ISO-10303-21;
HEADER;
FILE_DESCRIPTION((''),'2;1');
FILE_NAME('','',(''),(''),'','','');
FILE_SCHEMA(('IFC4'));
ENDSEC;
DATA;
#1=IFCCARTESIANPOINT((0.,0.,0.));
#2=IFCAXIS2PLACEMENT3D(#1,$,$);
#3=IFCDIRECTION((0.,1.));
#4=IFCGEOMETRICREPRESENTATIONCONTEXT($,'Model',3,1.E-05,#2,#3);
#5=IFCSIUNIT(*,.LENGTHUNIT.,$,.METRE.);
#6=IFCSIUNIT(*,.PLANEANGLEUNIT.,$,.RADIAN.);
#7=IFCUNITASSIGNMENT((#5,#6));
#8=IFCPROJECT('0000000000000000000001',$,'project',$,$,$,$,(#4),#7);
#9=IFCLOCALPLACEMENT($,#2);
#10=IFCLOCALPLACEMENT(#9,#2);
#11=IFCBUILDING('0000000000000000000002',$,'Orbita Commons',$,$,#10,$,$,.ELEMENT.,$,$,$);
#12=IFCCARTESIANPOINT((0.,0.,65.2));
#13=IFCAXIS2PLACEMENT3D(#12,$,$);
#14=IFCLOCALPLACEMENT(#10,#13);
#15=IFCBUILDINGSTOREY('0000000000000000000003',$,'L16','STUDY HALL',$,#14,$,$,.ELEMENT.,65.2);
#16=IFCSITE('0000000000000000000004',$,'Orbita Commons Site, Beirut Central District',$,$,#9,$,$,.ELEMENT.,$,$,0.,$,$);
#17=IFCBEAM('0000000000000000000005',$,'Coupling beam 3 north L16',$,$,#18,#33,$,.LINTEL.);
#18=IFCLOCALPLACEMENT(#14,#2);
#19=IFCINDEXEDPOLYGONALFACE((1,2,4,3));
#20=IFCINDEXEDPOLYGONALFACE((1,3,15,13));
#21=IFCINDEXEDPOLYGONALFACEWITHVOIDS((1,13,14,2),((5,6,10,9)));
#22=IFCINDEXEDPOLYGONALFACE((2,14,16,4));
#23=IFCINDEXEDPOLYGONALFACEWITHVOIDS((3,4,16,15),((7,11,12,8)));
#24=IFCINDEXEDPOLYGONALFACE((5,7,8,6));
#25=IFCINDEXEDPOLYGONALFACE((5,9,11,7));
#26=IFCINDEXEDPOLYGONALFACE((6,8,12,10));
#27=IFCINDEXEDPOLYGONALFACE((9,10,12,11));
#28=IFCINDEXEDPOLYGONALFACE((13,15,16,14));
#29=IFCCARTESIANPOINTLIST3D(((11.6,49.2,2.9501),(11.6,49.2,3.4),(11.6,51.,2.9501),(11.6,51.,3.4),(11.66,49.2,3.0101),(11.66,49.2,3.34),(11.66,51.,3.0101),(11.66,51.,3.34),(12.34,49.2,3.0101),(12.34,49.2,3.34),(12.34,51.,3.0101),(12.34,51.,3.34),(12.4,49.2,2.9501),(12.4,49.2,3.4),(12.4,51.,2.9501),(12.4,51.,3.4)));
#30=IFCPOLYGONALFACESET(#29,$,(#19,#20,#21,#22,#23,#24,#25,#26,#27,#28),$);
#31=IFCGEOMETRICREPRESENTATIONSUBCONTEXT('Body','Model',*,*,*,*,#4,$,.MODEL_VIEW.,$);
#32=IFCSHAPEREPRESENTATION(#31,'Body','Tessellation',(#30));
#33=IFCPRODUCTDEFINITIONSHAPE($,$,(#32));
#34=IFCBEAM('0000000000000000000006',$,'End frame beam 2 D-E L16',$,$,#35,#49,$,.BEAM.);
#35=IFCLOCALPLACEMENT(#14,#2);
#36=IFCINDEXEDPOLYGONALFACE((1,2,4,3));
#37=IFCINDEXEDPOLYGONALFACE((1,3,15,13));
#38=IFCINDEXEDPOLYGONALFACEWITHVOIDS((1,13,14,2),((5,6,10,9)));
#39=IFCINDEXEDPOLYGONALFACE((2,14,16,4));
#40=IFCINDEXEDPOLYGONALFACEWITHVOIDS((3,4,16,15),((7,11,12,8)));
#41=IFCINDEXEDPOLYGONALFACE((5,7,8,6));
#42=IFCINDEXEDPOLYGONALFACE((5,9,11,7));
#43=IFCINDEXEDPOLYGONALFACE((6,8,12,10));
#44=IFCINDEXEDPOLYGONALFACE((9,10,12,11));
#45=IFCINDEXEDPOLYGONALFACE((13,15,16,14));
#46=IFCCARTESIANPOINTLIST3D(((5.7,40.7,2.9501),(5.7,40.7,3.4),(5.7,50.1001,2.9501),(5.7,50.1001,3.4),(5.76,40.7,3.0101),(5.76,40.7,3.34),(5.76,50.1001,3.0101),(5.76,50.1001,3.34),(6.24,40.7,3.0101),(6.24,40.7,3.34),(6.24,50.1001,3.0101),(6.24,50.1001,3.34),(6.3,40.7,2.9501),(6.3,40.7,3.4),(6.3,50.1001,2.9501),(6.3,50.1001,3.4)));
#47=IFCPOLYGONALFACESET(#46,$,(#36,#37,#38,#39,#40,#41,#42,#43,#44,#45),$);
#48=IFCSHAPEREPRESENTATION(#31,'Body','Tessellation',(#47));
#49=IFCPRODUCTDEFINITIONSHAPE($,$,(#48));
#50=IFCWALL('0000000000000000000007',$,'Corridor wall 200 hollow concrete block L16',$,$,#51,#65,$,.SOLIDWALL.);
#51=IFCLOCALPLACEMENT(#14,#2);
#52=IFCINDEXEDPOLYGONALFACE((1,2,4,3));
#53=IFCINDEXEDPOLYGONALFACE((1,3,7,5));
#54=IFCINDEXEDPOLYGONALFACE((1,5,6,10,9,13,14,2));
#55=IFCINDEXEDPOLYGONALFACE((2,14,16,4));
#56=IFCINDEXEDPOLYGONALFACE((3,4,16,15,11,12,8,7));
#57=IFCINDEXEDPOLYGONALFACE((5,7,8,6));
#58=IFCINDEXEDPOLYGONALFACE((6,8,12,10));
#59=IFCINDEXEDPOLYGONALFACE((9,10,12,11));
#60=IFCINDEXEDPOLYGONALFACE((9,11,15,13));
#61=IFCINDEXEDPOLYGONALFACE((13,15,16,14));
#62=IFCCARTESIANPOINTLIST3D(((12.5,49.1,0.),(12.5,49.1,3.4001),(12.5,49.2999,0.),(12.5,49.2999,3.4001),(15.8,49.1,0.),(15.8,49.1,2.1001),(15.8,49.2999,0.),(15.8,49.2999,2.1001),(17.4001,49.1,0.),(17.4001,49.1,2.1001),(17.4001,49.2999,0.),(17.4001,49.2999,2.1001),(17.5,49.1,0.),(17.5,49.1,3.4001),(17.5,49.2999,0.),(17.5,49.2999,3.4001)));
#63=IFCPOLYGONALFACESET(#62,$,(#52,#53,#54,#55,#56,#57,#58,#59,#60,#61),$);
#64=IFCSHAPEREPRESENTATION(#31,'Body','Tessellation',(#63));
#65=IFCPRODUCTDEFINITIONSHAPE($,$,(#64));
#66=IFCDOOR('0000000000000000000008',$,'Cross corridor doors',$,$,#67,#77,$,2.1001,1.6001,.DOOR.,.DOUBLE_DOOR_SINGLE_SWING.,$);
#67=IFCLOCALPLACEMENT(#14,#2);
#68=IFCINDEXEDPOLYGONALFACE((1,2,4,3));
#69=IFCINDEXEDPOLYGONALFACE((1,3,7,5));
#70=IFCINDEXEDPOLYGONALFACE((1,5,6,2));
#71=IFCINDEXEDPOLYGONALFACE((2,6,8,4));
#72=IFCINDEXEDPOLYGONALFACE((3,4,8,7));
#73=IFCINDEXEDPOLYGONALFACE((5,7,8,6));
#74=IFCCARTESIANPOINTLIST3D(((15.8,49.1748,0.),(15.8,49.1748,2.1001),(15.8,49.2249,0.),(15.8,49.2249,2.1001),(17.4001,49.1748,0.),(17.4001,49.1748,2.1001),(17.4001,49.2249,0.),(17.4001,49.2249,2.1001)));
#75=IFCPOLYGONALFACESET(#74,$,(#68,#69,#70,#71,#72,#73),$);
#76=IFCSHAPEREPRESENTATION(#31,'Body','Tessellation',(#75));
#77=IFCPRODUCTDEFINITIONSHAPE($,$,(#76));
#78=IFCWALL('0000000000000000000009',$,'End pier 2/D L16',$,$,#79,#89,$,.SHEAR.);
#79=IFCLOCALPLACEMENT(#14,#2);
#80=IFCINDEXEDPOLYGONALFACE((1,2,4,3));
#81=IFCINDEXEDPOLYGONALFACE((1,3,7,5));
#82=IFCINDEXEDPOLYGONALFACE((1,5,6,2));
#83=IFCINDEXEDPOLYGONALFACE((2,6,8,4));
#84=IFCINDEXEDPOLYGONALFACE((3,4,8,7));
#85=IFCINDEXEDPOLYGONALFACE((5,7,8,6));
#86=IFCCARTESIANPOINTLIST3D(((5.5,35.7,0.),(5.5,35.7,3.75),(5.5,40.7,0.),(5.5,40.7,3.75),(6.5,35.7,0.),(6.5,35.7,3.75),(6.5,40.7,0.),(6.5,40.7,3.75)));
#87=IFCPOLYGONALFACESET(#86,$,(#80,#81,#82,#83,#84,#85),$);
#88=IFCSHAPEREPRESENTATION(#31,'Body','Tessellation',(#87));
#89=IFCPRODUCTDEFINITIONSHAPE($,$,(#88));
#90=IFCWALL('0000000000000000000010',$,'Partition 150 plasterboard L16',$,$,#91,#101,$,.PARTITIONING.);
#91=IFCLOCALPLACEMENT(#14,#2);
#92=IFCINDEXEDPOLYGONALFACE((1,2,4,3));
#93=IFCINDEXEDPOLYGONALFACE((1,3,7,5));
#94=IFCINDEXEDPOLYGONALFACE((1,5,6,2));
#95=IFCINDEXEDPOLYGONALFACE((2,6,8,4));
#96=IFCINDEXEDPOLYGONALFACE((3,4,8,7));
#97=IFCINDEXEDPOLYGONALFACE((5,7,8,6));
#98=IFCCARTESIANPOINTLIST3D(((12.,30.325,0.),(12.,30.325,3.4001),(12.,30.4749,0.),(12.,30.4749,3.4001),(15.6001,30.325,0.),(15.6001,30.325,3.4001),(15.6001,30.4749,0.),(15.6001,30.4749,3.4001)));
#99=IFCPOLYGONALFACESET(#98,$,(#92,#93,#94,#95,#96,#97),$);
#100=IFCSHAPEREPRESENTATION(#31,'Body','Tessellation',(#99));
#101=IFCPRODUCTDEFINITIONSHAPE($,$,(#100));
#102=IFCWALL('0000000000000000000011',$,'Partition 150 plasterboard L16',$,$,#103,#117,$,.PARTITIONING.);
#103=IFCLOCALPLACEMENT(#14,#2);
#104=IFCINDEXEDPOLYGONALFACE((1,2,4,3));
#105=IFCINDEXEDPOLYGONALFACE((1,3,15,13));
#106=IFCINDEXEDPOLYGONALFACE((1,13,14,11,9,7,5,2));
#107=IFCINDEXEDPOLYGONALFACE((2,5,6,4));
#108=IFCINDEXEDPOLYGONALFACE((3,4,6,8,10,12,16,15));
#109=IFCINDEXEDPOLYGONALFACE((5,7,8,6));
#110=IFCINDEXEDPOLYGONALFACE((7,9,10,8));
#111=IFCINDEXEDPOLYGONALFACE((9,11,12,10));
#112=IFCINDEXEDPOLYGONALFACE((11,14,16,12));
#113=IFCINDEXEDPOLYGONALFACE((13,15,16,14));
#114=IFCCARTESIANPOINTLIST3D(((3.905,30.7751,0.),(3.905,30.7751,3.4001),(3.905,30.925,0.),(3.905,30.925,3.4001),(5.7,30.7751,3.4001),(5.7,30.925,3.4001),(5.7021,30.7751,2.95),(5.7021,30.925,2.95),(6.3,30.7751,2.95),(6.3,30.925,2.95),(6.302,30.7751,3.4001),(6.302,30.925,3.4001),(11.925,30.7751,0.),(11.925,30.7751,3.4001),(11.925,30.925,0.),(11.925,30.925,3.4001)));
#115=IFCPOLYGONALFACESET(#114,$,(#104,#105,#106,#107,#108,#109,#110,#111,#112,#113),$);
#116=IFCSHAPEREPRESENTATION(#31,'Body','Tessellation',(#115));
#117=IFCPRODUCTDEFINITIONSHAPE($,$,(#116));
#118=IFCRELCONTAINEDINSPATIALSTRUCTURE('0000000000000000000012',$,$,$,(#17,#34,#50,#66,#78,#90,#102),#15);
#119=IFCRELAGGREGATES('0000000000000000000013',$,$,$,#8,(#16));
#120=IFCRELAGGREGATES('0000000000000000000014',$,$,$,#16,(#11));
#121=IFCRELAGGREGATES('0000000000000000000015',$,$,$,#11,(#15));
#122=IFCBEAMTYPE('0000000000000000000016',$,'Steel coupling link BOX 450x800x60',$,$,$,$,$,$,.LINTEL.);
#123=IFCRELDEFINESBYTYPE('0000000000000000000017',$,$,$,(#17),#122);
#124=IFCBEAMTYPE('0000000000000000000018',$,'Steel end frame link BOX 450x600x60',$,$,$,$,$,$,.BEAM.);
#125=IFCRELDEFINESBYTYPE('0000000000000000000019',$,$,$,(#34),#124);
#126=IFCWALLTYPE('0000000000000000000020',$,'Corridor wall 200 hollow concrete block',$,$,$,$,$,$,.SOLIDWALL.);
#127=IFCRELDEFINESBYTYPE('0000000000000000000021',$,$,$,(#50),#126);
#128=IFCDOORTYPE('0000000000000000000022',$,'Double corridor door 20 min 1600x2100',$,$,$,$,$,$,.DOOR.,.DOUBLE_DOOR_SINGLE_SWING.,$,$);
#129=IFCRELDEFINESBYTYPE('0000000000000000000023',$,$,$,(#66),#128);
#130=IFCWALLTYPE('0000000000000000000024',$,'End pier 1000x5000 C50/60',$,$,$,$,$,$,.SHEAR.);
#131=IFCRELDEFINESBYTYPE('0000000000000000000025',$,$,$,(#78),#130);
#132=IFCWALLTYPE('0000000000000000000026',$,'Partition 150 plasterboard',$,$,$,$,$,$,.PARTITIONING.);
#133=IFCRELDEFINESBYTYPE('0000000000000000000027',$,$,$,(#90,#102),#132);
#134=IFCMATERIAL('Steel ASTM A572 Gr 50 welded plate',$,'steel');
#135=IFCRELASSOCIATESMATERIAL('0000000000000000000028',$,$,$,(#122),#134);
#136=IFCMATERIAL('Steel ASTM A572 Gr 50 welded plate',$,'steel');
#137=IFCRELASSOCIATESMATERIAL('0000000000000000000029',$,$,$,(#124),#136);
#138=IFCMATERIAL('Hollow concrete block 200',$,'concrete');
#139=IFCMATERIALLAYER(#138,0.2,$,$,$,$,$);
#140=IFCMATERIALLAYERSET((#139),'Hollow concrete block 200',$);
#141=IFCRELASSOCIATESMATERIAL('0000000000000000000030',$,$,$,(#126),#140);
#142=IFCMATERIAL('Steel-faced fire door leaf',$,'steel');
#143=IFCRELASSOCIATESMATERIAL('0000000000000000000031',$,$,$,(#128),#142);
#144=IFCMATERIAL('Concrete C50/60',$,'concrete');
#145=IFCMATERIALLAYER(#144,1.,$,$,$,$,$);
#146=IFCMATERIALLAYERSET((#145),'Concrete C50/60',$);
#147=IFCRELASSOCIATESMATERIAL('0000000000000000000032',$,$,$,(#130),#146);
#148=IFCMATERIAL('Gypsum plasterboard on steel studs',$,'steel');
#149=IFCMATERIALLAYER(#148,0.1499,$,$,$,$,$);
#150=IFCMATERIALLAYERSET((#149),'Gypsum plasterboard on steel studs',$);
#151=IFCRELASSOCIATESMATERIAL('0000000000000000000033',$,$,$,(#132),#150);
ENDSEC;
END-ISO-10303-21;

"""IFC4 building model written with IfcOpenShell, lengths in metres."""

from ifc_helpers import new_model, si_unit, direction, frame, frame_2d, origin, origin_2d, place, context, subcontext, project, spatial, polyline, rectangle, hollow_rectangle, outline, extrude, material, layer, layer_set, material_profile, profile_set, type_object, element, fill, save


model = new_model("IFC4")

# Units and contexts
model_context = context("Model", 3, precision=1e-05, world=origin(), true_north=direction((0.0, 1.0)))
body_context = subcontext(model_context, "Body", "Model", "MODEL_VIEW")
ifc_project = project(units=[si_unit("LENGTHUNIT", "METRE"), si_unit("PLANEANGLEUNIT", "RADIAN")], contexts=[model_context])

# Site, building, storey
site_placement = place(None, origin())
site = spatial("IfcSite", under=ifc_project, at=site_placement, Name="Orbita Commons Site, Beirut Central District", CompositionType="ELEMENT", RefElevation=0.0)
building_placement = place(site_placement, origin())
building = spatial("IfcBuilding", under=site, at=building_placement, Name="Orbita Commons", CompositionType="ELEMENT")
storey_placement = place(building_placement, frame((0.0, 0.0, 65.2)))
storey = spatial("IfcBuildingStorey", under=building, at=storey_placement, Name="L16", Description="STUDY HALL", CompositionType="ELEMENT", Elevation=65.2)

# Beams
ifc_material_1 = material(Name="Steel ASTM A572 Gr 50 welded plate", Category="steel")
ifc_material_profile_1 = material_profile(ifc_material_1, hollow_rectangle(XDim=0.8, YDim=0.45, WallThickness=0.0601, at=origin_2d()), Name="BOX 450x800x60")
ifc_profile_set_1 = profile_set([ifc_material_profile_1], Name="Steel ASTM A572 Gr 50 welded plate")
beam_type_1 = type_object("IfcBeamType", Name="Steel coupling link BOX 450x800x60", PredefinedType="LINTEL", material=ifc_profile_set_1)
beam_1_placement = place(storey_placement, frame((12.0, 49.2, 3.175), z_axis=(0.0, 1.0, 0.0), x_axis=(-1.0, 0.0, 0.0)))
element("IfcBeam", 1, at=beam_1_placement, inside=storey, type_object=beam_type_1, Name="Coupling beam 3 north L16", PredefinedType="LINTEL", context=body_context, shape_type="SweptSolid", body=[
    extrude(hollow_rectangle(XDim=0.8, YDim=0.45, WallThickness=0.0601, at=origin_2d()), origin(), (0.0, 0.0, 1.0), 1.8),
])
ifc_material_2 = material(Name="Steel ASTM A572 Gr 50 welded plate", Category="steel")
ifc_material_profile_2 = material_profile(ifc_material_2, hollow_rectangle(XDim=0.6001, YDim=0.45, WallThickness=0.0601, at=origin_2d()), Name="BOX 450x600x60")
ifc_profile_set_2 = profile_set([ifc_material_profile_2], Name="Steel ASTM A572 Gr 50 welded plate")
beam_type_2 = type_object("IfcBeamType", Name="Steel end frame link BOX 450x600x60", PredefinedType="BEAM", material=ifc_profile_set_2)
beam_2_placement = place(storey_placement, frame((6.0, 40.7, 3.175), z_axis=(0.0, 1.0, 0.0), x_axis=(-1.0, 0.0, 0.0)))
element("IfcBeam", 2, at=beam_2_placement, inside=storey, type_object=beam_type_2, Name="End frame beam 2 D-E L16", PredefinedType="BEAM", context=body_context, shape_type="SweptSolid", body=[
    extrude(hollow_rectangle(XDim=0.6001, YDim=0.45, WallThickness=0.0601, at=origin_2d()), origin(), (0.0, 0.0, 1.0), 9.4001),
])

# Wall, opening, door
ifc_material_3 = material(Name="Hollow concrete block 200", Category="concrete")
ifc_layer_1 = layer(ifc_material_3, 0.2)
ifc_layer_set_1 = layer_set([ifc_layer_1], Name="Hollow concrete block 200")
wall_type_1 = type_object("IfcWallType", Name="Corridor wall 200 hollow concrete block", PredefinedType="SOLIDWALL", material=ifc_layer_set_1)
wall_1_placement = place(storey_placement, frame((12.5, 49.2, 0.0), z_axis=(0.0, 0.0, 1.0), x_axis=(1.0, 0.0, 0.0)))
wall_1 = element("IfcWall", 3, at=wall_1_placement, inside=storey, type_object=wall_type_1, Name="Corridor wall 200 hollow concrete block L16", PredefinedType="SOLIDWALL", context=body_context, shape_type="SweptSolid", body=[
    extrude(rectangle(XDim=5.0, YDim=0.2, at=frame_2d((2.5, 0.0))), origin(), (0.0, 0.0, 1.0), 3.4001),
])
opening_1_placement = place(wall_1_placement, frame((3.3, 0.0, 0.0)))
opening_1 = element("IfcOpeningElement", 4, at=opening_1_placement, cuts=wall_1, PredefinedType="OPENING", context=body_context, shape_type="SweptSolid", body=[
    extrude(rectangle(XDim=1.6001, YDim=2.1001, at=frame_2d((0.8, 1.05))), frame((0.0, 0.1099, 0.0), z_axis=(0.0, -1.0, 0.0), x_axis=(1.0, 0.0, 0.0)), (0.0, 0.0, 1.0), 0.22),
])
ifc_material_4 = material(Name="Steel-faced fire door leaf", Category="steel")
door_type = type_object("IfcDoorType", Name="Double corridor door 20 min 1600x2100", OperationType="DOUBLE_DOOR_SINGLE_SWING", PredefinedType="DOOR", material=ifc_material_4)
door_placement = place(opening_1_placement, origin())
door = element("IfcDoor", 5, at=door_placement, inside=storey, type_object=door_type, Name="Cross corridor doors", OperationType="DOUBLE_DOOR_SINGLE_SWING", OverallHeight=2.1001, OverallWidth=1.6001, PredefinedType="DOOR", context=body_context, shape_type="SweptSolid", body=[
    extrude(rectangle(XDim=1.6001, YDim=2.1001, at=frame_2d((0.8, 1.05))), frame((0.0, 0.0249, 0.0), z_axis=(0.0, -1.0, 0.0), x_axis=(1.0, 0.0, 0.0)), (0.0, 0.0, 1.0), 0.05),
])
fill(opening_1, door)

# Walls
ifc_material_5 = material(Name="Concrete C50/60", Category="concrete")
ifc_layer_2 = layer(ifc_material_5, 1.0)
ifc_layer_set_2 = layer_set([ifc_layer_2], Name="Concrete C50/60")
wall_type_2 = type_object("IfcWallType", Name="End pier 1000x5000 C50/60", PredefinedType="SHEAR", material=ifc_layer_set_2)
wall_2_placement = place(storey_placement, frame((6.0, 35.7, 0.0), z_axis=(0.0, 0.0, 1.0), x_axis=(0.0, 1.0, 0.0)))
element("IfcWall", 6, at=wall_2_placement, inside=storey, type_object=wall_type_2, Name="End pier 2/D L16", PredefinedType="SHEAR", context=body_context, shape_type="SweptSolid", body=[
    extrude(rectangle(XDim=5.0, YDim=1.0, at=frame_2d((2.5, 0.0))), origin(), (0.0, 0.0, 1.0), 3.75),
])
ifc_material_6 = material(Name="Gypsum plasterboard on steel studs", Category="steel")
ifc_layer_3 = layer(ifc_material_6, 0.1499)
ifc_layer_set_3 = layer_set([ifc_layer_3], Name="Gypsum plasterboard on steel studs")
wall_type_3 = type_object("IfcWallType", Name="Partition 150 plasterboard", PredefinedType="PARTITIONING", material=ifc_layer_set_3)
wall_3_placement = place(storey_placement, frame((12.0, 30.3999, 0.0), z_axis=(0.0, 0.0, 1.0), x_axis=(1.0, 0.0, 0.0)))
element("IfcWall", 7, at=wall_3_placement, inside=storey, type_object=wall_type_3, Name="Partition 150 plasterboard L16", PredefinedType="PARTITIONING", context=body_context, shape_type="SweptSolid", body=[
    extrude(rectangle(XDim=3.6001, YDim=0.1499, at=frame_2d((1.8, 0.0))), origin(), (0.0, 0.0, 1.0), 3.4001),
])
wall_4_placement = place(storey_placement, frame((3.905, 30.8501, 0.0), z_axis=(0.0, 0.0, 1.0), x_axis=(1.0, 0.0, 0.0)))
element("IfcWall", 8, at=wall_4_placement, inside=storey, type_object=wall_type_3, Name="Partition 150 plasterboard L16", PredefinedType="PARTITIONING", context=body_context, shape_type="SweptSolid", body=[
    extrude(outline(polyline([(0.0, 0.0), (8.02, 0.0), (8.02, 3.4001), (2.397, 3.4001), (2.395, 2.95), (1.7971, 2.95), (1.7949, 3.4001), (0.0, 3.4001), (0.0, 0.0)])), frame((0.0, 0.075, 0.0), z_axis=(0.0, -1.0, 0.0), x_axis=(1.0, 0.0, 0.0)), (0.0, 0.0, 1.0), 0.1499),
])

save(model, "model.ifc")
